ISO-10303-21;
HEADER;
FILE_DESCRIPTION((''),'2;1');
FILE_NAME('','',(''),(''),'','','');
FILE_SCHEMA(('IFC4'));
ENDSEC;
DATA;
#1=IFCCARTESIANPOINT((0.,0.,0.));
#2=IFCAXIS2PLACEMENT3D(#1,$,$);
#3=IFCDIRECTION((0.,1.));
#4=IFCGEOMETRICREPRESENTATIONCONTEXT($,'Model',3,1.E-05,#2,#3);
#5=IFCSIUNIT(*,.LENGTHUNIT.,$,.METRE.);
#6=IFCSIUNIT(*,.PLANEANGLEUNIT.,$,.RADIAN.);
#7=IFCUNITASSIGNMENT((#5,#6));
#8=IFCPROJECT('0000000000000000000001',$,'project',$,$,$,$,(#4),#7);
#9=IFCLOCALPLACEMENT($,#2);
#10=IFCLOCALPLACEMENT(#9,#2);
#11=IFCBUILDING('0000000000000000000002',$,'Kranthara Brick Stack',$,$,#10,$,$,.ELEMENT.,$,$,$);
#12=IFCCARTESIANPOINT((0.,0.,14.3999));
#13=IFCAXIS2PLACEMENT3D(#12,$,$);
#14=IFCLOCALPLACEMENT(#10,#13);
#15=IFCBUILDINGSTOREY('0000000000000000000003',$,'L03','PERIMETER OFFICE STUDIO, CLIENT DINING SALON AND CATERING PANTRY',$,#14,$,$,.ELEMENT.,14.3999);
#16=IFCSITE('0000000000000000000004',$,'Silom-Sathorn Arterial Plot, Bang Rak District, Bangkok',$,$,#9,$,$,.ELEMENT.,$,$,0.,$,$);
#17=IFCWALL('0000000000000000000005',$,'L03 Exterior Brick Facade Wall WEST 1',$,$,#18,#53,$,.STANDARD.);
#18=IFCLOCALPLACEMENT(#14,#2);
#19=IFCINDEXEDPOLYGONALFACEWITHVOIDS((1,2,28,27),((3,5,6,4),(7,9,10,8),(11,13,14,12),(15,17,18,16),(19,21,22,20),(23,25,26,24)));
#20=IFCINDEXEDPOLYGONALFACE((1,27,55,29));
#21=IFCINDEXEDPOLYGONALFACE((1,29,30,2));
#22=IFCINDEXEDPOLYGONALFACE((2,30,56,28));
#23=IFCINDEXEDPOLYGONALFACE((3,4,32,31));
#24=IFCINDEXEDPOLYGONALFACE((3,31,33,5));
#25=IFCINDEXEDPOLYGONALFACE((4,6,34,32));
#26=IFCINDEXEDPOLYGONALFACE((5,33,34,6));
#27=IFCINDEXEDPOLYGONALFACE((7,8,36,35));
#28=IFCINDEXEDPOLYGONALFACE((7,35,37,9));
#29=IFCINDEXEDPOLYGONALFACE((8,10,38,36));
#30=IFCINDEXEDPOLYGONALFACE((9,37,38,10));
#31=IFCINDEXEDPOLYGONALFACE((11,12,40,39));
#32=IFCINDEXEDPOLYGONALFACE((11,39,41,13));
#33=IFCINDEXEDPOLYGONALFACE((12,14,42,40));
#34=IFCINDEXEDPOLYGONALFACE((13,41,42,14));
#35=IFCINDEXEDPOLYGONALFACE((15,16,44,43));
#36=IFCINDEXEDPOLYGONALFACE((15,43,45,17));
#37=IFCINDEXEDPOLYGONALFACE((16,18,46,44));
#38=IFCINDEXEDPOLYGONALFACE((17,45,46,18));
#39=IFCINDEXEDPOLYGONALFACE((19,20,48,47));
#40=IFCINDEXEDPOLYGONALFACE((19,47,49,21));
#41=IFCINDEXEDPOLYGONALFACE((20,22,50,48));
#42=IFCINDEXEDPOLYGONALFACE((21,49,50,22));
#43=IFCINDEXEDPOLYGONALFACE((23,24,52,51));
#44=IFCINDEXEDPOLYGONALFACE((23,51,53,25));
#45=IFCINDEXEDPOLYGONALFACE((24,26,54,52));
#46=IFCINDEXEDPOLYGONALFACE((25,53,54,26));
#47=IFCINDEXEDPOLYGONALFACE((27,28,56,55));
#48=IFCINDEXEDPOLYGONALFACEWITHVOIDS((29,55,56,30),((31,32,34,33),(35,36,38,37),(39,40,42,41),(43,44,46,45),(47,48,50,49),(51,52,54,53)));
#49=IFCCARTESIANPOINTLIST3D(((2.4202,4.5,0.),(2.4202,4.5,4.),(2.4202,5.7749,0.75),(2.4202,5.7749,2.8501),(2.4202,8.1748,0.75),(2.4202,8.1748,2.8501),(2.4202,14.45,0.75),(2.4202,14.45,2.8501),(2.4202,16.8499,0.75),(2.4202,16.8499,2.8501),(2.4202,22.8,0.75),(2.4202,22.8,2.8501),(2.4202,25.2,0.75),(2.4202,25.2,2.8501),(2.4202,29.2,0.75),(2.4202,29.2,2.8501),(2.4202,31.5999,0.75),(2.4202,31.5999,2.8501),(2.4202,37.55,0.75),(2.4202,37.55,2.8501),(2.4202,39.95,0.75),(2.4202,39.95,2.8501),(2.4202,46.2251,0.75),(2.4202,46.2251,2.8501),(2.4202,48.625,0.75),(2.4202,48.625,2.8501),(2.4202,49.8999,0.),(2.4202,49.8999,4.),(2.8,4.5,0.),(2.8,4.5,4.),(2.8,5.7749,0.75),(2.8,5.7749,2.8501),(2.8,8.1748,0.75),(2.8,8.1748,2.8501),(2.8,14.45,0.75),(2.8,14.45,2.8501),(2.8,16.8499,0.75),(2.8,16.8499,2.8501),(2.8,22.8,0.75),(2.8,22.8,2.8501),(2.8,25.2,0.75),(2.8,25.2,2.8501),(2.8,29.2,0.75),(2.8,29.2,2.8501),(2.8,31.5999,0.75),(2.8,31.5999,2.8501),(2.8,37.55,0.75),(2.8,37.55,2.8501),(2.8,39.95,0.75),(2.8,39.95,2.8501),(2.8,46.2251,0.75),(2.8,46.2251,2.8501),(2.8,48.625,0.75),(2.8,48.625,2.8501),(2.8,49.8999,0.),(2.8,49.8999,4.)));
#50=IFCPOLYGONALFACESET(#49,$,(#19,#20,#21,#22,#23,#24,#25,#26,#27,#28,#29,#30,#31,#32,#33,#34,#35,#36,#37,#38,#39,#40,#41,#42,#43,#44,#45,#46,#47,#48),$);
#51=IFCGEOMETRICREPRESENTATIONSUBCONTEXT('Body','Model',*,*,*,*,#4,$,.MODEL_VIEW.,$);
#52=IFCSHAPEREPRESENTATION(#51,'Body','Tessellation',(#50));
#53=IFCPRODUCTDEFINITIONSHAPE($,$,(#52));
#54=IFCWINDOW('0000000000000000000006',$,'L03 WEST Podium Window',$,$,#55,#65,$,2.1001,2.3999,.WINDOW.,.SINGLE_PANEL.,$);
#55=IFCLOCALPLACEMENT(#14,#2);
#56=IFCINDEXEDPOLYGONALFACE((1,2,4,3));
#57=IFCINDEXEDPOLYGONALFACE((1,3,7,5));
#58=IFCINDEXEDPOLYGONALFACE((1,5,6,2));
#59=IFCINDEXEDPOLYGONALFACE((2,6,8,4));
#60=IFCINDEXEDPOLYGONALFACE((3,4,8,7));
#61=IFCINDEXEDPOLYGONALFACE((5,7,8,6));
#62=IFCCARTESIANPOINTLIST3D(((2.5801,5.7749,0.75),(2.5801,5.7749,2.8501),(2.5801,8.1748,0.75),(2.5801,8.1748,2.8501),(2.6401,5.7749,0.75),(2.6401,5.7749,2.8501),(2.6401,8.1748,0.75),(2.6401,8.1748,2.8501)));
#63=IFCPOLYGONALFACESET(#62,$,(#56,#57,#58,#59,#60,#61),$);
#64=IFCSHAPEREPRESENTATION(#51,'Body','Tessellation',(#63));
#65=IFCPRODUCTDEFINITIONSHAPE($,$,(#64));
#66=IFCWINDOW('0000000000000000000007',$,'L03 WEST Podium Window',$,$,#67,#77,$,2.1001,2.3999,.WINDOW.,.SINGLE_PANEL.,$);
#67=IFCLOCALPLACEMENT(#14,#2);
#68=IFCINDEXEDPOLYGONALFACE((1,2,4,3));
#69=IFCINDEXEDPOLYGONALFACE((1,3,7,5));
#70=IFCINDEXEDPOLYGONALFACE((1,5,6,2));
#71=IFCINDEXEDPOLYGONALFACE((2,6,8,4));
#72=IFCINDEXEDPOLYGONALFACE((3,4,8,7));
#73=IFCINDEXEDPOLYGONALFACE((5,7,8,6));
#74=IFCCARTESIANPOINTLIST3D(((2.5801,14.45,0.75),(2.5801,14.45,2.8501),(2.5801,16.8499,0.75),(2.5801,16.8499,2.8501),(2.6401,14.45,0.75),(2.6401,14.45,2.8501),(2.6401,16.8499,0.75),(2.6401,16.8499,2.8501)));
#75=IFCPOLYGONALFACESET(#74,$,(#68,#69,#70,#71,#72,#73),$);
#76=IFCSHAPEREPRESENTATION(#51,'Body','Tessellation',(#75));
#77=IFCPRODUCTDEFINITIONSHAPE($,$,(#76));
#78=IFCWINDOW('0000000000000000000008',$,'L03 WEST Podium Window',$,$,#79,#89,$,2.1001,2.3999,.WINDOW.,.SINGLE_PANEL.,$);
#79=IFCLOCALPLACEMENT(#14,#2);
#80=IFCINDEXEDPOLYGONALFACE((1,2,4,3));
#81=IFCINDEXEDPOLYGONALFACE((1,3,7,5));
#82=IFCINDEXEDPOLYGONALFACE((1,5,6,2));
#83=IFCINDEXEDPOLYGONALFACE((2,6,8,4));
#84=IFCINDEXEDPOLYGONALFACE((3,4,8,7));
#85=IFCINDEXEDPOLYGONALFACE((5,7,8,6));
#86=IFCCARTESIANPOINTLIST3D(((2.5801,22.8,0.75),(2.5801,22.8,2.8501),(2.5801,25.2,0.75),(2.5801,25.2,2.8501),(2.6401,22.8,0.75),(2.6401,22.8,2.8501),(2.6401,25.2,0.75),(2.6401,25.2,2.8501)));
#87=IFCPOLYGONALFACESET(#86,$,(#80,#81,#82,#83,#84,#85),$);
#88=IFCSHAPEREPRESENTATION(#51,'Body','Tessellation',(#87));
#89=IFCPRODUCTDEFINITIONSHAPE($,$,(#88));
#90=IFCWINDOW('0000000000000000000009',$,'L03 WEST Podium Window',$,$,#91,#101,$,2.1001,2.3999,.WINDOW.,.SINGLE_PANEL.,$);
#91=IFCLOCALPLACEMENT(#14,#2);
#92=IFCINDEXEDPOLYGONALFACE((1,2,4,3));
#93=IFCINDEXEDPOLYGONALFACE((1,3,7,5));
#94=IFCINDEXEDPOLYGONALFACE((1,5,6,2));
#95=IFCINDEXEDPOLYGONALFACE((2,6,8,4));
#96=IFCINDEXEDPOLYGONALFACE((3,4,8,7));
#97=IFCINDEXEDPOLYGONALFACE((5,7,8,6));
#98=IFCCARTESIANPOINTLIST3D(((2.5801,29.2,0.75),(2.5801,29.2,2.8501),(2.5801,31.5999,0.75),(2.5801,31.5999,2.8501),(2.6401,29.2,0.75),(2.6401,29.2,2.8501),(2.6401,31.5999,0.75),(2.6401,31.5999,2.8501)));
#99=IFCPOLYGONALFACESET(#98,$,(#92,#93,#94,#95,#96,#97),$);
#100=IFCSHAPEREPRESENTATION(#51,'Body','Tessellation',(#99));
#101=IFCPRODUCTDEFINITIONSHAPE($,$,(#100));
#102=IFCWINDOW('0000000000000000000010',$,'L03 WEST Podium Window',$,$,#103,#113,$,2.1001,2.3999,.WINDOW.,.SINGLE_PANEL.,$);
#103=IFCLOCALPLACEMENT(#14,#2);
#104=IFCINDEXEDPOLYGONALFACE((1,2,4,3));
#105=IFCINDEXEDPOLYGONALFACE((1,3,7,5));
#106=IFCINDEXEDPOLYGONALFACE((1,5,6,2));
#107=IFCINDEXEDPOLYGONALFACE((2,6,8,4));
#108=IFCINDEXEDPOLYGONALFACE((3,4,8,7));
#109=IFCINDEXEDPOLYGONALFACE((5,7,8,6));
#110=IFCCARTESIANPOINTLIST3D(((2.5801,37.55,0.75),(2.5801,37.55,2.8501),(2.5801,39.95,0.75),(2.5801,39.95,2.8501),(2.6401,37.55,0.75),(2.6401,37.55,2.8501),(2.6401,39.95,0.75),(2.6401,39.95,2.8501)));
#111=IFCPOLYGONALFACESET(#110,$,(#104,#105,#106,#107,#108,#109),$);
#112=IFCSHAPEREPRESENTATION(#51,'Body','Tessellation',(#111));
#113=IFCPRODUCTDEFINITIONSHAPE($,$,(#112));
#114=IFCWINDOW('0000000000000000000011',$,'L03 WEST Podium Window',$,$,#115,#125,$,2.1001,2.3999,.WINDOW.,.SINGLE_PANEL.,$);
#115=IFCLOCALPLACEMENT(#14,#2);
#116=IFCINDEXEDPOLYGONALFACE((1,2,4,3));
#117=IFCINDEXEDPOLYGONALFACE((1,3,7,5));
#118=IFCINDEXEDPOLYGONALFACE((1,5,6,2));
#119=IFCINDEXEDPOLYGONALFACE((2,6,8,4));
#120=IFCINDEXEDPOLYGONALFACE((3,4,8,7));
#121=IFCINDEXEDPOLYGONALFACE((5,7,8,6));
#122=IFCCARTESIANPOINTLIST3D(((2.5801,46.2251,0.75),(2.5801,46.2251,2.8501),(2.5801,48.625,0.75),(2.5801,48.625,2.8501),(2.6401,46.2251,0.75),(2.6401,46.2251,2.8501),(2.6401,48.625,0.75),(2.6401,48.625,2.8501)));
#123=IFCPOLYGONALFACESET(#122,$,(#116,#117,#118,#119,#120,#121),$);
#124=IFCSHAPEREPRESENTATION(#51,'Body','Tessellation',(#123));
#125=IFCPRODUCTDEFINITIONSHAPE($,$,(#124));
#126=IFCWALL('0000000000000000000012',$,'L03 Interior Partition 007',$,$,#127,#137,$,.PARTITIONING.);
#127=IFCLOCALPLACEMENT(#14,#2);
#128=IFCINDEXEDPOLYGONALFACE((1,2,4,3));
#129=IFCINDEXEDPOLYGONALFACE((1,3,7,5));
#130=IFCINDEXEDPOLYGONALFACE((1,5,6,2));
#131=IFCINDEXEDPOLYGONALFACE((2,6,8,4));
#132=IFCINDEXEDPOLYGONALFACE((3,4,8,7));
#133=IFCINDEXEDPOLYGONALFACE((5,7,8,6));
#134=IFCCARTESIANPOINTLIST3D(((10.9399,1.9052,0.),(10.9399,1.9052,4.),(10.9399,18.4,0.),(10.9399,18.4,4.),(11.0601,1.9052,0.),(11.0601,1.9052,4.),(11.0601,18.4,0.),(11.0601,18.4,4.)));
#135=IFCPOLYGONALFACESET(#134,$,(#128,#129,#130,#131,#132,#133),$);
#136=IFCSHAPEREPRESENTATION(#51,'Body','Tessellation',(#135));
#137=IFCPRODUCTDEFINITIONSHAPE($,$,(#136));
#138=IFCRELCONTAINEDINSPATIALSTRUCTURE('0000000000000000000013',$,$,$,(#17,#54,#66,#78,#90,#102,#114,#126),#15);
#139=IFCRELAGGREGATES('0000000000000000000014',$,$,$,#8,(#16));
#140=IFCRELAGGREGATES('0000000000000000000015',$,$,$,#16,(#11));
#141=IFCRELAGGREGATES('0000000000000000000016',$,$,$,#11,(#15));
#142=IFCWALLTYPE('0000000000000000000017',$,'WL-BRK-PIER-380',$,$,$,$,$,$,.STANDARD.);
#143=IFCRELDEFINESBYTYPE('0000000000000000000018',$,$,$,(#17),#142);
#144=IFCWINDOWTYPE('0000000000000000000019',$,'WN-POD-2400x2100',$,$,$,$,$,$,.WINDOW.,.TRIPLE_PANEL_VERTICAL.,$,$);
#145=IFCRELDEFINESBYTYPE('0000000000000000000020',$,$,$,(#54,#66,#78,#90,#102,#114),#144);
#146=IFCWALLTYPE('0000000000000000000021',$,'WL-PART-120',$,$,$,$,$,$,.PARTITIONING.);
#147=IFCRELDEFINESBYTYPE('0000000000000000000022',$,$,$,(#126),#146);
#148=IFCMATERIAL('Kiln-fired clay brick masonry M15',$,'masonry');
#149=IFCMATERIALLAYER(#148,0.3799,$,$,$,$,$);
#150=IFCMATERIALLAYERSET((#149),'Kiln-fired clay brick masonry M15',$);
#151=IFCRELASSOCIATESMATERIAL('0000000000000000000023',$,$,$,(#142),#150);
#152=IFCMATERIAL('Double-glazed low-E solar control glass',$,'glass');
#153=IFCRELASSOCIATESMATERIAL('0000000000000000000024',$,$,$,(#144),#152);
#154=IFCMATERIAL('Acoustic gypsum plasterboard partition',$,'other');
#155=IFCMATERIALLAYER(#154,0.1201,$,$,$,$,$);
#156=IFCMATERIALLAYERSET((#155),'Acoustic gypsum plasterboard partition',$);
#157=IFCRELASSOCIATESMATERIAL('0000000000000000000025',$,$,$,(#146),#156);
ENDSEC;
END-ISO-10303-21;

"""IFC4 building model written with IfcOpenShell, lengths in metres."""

from ifc_helpers import new_model, si_unit, direction, frame, frame_2d, origin, place, context, subcontext, project, spatial, rectangle, extrude, material, layer, layer_set, type_object, element, fill, save


model = new_model("IFC4")

# Units and contexts
model_context = context("Model", 3, precision=1e-05, world=origin(), true_north=direction((0.0, 1.0)))
body_context = subcontext(model_context, "Body", "Model", "MODEL_VIEW")
ifc_project = project(units=[si_unit("LENGTHUNIT", "METRE"), si_unit("PLANEANGLEUNIT", "RADIAN")], contexts=[model_context])

# Site, building, storey
site_placement = place(None, origin())
site = spatial("IfcSite", under=ifc_project, at=site_placement, Name="Silom-Sathorn Arterial Plot, Bang Rak District, Bangkok", CompositionType="ELEMENT", RefElevation=0.0)
building_placement = place(site_placement, origin())
building = spatial("IfcBuilding", under=site, at=building_placement, Name="Kranthara Brick Stack", CompositionType="ELEMENT")
storey_placement = place(building_placement, frame((0.0, 0.0, 14.3999)))
storey = spatial("IfcBuildingStorey", under=building, at=storey_placement, Name="L03", Description="PERIMETER OFFICE STUDIO, CLIENT DINING SALON AND CATERING PANTRY", CompositionType="ELEMENT", Elevation=14.3999)

# Shared definitions
ifc_material_1 = material(Name="Kiln-fired clay brick masonry M15", Category="masonry")
ifc_layer_1 = layer(ifc_material_1, 0.3799)
ifc_layer_set_1 = layer_set([ifc_layer_1], Name="Kiln-fired clay brick masonry M15")
wall_type_1 = type_object("IfcWallType", Name="WL-BRK-PIER-380", PredefinedType="STANDARD", material=ifc_layer_set_1)

# Wall, openings, windows
wall_1_placement = place(storey_placement, frame((2.6101, 4.5, 0.0), z_axis=(0.0, 0.0, 1.0), x_axis=(0.0, 1.0, 0.0)))
wall_1 = element("IfcWall", 1, at=wall_1_placement, inside=storey, type_object=wall_type_1, Name="L03 Exterior Brick Facade Wall WEST 1", PredefinedType="STANDARD", context=body_context, shape_type="SweptSolid", body=[
    extrude(rectangle(XDim=45.3999, YDim=0.3799, at=frame_2d((22.7, 0.0))), origin(), (0.0, 0.0, 1.0), 4.0),
])
opening_1_placement = place(wall_1_placement, frame((1.2749, 0.0, 0.75)))
opening_1 = element("IfcOpeningElement", 2, at=opening_1_placement, cuts=wall_1, PredefinedType="OPENING", context=body_context, shape_type="SweptSolid", body=[
    extrude(rectangle(XDim=2.3999, YDim=2.1001, at=frame_2d((1.2, 1.05))), frame((0.0, 0.2, 0.0), z_axis=(0.0, -1.0, 0.0), x_axis=(1.0, 0.0, 0.0)), (0.0, 0.0, 1.0), 0.3999),
])
opening_2_placement = place(wall_1_placement, frame((9.95, 0.0, 0.75)))
opening_2 = element("IfcOpeningElement", 3, at=opening_2_placement, cuts=wall_1, PredefinedType="OPENING", context=body_context, shape_type="SweptSolid", body=[
    extrude(rectangle(XDim=2.3999, YDim=2.1001, at=frame_2d((1.2, 1.05))), frame((0.0, 0.2, 0.0), z_axis=(0.0, -1.0, 0.0), x_axis=(1.0, 0.0, 0.0)), (0.0, 0.0, 1.0), 0.3999),
])
opening_3_placement = place(wall_1_placement, frame((18.3, 0.0, 0.75)))
opening_3 = element("IfcOpeningElement", 4, at=opening_3_placement, cuts=wall_1, PredefinedType="OPENING", context=body_context, shape_type="SweptSolid", body=[
    extrude(rectangle(XDim=2.3999, YDim=2.1001, at=frame_2d((1.2, 1.05))), frame((0.0, 0.2, 0.0), z_axis=(0.0, -1.0, 0.0), x_axis=(1.0, 0.0, 0.0)), (0.0, 0.0, 1.0), 0.3999),
])
opening_4_placement = place(wall_1_placement, frame((24.7, 0.0, 0.75)))
opening_4 = element("IfcOpeningElement", 5, at=opening_4_placement, cuts=wall_1, PredefinedType="OPENING", context=body_context, shape_type="SweptSolid", body=[
    extrude(rectangle(XDim=2.3999, YDim=2.1001, at=frame_2d((1.2, 1.05))), frame((0.0, 0.2, 0.0), z_axis=(0.0, -1.0, 0.0), x_axis=(1.0, 0.0, 0.0)), (0.0, 0.0, 1.0), 0.3999),
])
opening_5_placement = place(wall_1_placement, frame((33.05, 0.0, 0.75)))
opening_5 = element("IfcOpeningElement", 6, at=opening_5_placement, cuts=wall_1, PredefinedType="OPENING", context=body_context, shape_type="SweptSolid", body=[
    extrude(rectangle(XDim=2.3999, YDim=2.1001, at=frame_2d((1.2, 1.05))), frame((0.0, 0.2, 0.0), z_axis=(0.0, -1.0, 0.0), x_axis=(1.0, 0.0, 0.0)), (0.0, 0.0, 1.0), 0.3999),
])
opening_6_placement = place(wall_1_placement, frame((41.7251, 0.0, 0.75)))
opening_6 = element("IfcOpeningElement", 7, at=opening_6_placement, cuts=wall_1, PredefinedType="OPENING", context=body_context, shape_type="SweptSolid", body=[
    extrude(rectangle(XDim=2.3999, YDim=2.1001, at=frame_2d((1.2, 1.05))), frame((0.0, 0.2, 0.0), z_axis=(0.0, -1.0, 0.0), x_axis=(1.0, 0.0, 0.0)), (0.0, 0.0, 1.0), 0.3999),
])
ifc_material_2 = material(Name="Double-glazed low-E solar control glass", Category="glass")
window_type = type_object("IfcWindowType", Name="WN-POD-2400x2100", PartitioningType="TRIPLE_PANEL_VERTICAL", PredefinedType="WINDOW", material=ifc_material_2)
window_1_placement = place(opening_1_placement, origin())
window_1 = element("IfcWindow", 8, at=window_1_placement, inside=storey, type_object=window_type, Name="L03 WEST Podium Window", OverallHeight=2.1001, OverallWidth=2.3999, PartitioningType="SINGLE_PANEL", PredefinedType="WINDOW", context=body_context, shape_type="SweptSolid", body=[
    extrude(rectangle(XDim=2.3999, YDim=2.1001, at=frame_2d((1.2, 1.05))), frame((0.0, 0.03, 0.0), z_axis=(0.0, -1.0, 0.0), x_axis=(1.0, 0.0, 0.0)), (0.0, 0.0, 1.0), 0.0601),
])
fill(opening_1, window_1)
window_2_placement = place(opening_2_placement, origin())
window_2 = element("IfcWindow", 9, at=window_2_placement, inside=storey, type_object=window_type, Name="L03 WEST Podium Window", OverallHeight=2.1001, OverallWidth=2.3999, PartitioningType="SINGLE_PANEL", PredefinedType="WINDOW", context=body_context, shape_type="SweptSolid", body=[
    extrude(rectangle(XDim=2.3999, YDim=2.1001, at=frame_2d((1.2, 1.05))), frame((0.0, 0.03, 0.0), z_axis=(0.0, -1.0, 0.0), x_axis=(1.0, 0.0, 0.0)), (0.0, 0.0, 1.0), 0.0601),
])
fill(opening_2, window_2)
window_3_placement = place(opening_3_placement, origin())
window_3 = element("IfcWindow", 10, at=window_3_placement, inside=storey, type_object=window_type, Name="L03 WEST Podium Window", OverallHeight=2.1001, OverallWidth=2.3999, PartitioningType="SINGLE_PANEL", PredefinedType="WINDOW", context=body_context, shape_type="SweptSolid", body=[
    extrude(rectangle(XDim=2.3999, YDim=2.1001, at=frame_2d((1.2, 1.05))), frame((0.0, 0.03, 0.0), z_axis=(0.0, -1.0, 0.0), x_axis=(1.0, 0.0, 0.0)), (0.0, 0.0, 1.0), 0.0601),
])
fill(opening_3, window_3)
window_4_placement = place(opening_4_placement, origin())
window_4 = element("IfcWindow", 11, at=window_4_placement, inside=storey, type_object=window_type, Name="L03 WEST Podium Window", OverallHeight=2.1001, OverallWidth=2.3999, PartitioningType="SINGLE_PANEL", PredefinedType="WINDOW", context=body_context, shape_type="SweptSolid", body=[
    extrude(rectangle(XDim=2.3999, YDim=2.1001, at=frame_2d((1.2, 1.05))), frame((0.0, 0.03, 0.0), z_axis=(0.0, -1.0, 0.0), x_axis=(1.0, 0.0, 0.0)), (0.0, 0.0, 1.0), 0.0601),
])
fill(opening_4, window_4)
window_5_placement = place(opening_5_placement, origin())
window_5 = element("IfcWindow", 12, at=window_5_placement, inside=storey, type_object=window_type, Name="L03 WEST Podium Window", OverallHeight=2.1001, OverallWidth=2.3999, PartitioningType="SINGLE_PANEL", PredefinedType="WINDOW", context=body_context, shape_type="SweptSolid", body=[
    extrude(rectangle(XDim=2.3999, YDim=2.1001, at=frame_2d((1.2, 1.05))), frame((0.0, 0.03, 0.0), z_axis=(0.0, -1.0, 0.0), x_axis=(1.0, 0.0, 0.0)), (0.0, 0.0, 1.0), 0.0601),
])
fill(opening_5, window_5)
window_6_placement = place(opening_6_placement, origin())
window_6 = element("IfcWindow", 13, at=window_6_placement, inside=storey, type_object=window_type, Name="L03 WEST Podium Window", OverallHeight=2.1001, OverallWidth=2.3999, PartitioningType="SINGLE_PANEL", PredefinedType="WINDOW", context=body_context, shape_type="SweptSolid", body=[
    extrude(rectangle(XDim=2.3999, YDim=2.1001, at=frame_2d((1.2, 1.05))), frame((0.0, 0.03, 0.0), z_axis=(0.0, -1.0, 0.0), x_axis=(1.0, 0.0, 0.0)), (0.0, 0.0, 1.0), 0.0601),
])
fill(opening_6, window_6)

# Wall
ifc_material_3 = material(Name="Acoustic gypsum plasterboard partition", Category="other")
ifc_layer_2 = layer(ifc_material_3, 0.1201)
ifc_layer_set_2 = layer_set([ifc_layer_2], Name="Acoustic gypsum plasterboard partition")
wall_type_2 = type_object("IfcWallType", Name="WL-PART-120", PredefinedType="PARTITIONING", material=ifc_layer_set_2)
wall_2_placement = place(storey_placement, frame((11.0, 1.905, 0.0), z_axis=(0.0, 0.0, 1.0), x_axis=(0.0, 1.0, 0.0)))
element("IfcWall", 14, at=wall_2_placement, inside=storey, type_object=wall_type_2, Name="L03 Interior Partition 007", PredefinedType="PARTITIONING", context=body_context, shape_type="SweptSolid", body=[
    extrude(rectangle(XDim=16.4949, YDim=0.1201, at=frame_2d((8.2476, 0.0))), origin(), (0.0, 0.0, 1.0), 4.0),
])

save(model, "model.ifc")
